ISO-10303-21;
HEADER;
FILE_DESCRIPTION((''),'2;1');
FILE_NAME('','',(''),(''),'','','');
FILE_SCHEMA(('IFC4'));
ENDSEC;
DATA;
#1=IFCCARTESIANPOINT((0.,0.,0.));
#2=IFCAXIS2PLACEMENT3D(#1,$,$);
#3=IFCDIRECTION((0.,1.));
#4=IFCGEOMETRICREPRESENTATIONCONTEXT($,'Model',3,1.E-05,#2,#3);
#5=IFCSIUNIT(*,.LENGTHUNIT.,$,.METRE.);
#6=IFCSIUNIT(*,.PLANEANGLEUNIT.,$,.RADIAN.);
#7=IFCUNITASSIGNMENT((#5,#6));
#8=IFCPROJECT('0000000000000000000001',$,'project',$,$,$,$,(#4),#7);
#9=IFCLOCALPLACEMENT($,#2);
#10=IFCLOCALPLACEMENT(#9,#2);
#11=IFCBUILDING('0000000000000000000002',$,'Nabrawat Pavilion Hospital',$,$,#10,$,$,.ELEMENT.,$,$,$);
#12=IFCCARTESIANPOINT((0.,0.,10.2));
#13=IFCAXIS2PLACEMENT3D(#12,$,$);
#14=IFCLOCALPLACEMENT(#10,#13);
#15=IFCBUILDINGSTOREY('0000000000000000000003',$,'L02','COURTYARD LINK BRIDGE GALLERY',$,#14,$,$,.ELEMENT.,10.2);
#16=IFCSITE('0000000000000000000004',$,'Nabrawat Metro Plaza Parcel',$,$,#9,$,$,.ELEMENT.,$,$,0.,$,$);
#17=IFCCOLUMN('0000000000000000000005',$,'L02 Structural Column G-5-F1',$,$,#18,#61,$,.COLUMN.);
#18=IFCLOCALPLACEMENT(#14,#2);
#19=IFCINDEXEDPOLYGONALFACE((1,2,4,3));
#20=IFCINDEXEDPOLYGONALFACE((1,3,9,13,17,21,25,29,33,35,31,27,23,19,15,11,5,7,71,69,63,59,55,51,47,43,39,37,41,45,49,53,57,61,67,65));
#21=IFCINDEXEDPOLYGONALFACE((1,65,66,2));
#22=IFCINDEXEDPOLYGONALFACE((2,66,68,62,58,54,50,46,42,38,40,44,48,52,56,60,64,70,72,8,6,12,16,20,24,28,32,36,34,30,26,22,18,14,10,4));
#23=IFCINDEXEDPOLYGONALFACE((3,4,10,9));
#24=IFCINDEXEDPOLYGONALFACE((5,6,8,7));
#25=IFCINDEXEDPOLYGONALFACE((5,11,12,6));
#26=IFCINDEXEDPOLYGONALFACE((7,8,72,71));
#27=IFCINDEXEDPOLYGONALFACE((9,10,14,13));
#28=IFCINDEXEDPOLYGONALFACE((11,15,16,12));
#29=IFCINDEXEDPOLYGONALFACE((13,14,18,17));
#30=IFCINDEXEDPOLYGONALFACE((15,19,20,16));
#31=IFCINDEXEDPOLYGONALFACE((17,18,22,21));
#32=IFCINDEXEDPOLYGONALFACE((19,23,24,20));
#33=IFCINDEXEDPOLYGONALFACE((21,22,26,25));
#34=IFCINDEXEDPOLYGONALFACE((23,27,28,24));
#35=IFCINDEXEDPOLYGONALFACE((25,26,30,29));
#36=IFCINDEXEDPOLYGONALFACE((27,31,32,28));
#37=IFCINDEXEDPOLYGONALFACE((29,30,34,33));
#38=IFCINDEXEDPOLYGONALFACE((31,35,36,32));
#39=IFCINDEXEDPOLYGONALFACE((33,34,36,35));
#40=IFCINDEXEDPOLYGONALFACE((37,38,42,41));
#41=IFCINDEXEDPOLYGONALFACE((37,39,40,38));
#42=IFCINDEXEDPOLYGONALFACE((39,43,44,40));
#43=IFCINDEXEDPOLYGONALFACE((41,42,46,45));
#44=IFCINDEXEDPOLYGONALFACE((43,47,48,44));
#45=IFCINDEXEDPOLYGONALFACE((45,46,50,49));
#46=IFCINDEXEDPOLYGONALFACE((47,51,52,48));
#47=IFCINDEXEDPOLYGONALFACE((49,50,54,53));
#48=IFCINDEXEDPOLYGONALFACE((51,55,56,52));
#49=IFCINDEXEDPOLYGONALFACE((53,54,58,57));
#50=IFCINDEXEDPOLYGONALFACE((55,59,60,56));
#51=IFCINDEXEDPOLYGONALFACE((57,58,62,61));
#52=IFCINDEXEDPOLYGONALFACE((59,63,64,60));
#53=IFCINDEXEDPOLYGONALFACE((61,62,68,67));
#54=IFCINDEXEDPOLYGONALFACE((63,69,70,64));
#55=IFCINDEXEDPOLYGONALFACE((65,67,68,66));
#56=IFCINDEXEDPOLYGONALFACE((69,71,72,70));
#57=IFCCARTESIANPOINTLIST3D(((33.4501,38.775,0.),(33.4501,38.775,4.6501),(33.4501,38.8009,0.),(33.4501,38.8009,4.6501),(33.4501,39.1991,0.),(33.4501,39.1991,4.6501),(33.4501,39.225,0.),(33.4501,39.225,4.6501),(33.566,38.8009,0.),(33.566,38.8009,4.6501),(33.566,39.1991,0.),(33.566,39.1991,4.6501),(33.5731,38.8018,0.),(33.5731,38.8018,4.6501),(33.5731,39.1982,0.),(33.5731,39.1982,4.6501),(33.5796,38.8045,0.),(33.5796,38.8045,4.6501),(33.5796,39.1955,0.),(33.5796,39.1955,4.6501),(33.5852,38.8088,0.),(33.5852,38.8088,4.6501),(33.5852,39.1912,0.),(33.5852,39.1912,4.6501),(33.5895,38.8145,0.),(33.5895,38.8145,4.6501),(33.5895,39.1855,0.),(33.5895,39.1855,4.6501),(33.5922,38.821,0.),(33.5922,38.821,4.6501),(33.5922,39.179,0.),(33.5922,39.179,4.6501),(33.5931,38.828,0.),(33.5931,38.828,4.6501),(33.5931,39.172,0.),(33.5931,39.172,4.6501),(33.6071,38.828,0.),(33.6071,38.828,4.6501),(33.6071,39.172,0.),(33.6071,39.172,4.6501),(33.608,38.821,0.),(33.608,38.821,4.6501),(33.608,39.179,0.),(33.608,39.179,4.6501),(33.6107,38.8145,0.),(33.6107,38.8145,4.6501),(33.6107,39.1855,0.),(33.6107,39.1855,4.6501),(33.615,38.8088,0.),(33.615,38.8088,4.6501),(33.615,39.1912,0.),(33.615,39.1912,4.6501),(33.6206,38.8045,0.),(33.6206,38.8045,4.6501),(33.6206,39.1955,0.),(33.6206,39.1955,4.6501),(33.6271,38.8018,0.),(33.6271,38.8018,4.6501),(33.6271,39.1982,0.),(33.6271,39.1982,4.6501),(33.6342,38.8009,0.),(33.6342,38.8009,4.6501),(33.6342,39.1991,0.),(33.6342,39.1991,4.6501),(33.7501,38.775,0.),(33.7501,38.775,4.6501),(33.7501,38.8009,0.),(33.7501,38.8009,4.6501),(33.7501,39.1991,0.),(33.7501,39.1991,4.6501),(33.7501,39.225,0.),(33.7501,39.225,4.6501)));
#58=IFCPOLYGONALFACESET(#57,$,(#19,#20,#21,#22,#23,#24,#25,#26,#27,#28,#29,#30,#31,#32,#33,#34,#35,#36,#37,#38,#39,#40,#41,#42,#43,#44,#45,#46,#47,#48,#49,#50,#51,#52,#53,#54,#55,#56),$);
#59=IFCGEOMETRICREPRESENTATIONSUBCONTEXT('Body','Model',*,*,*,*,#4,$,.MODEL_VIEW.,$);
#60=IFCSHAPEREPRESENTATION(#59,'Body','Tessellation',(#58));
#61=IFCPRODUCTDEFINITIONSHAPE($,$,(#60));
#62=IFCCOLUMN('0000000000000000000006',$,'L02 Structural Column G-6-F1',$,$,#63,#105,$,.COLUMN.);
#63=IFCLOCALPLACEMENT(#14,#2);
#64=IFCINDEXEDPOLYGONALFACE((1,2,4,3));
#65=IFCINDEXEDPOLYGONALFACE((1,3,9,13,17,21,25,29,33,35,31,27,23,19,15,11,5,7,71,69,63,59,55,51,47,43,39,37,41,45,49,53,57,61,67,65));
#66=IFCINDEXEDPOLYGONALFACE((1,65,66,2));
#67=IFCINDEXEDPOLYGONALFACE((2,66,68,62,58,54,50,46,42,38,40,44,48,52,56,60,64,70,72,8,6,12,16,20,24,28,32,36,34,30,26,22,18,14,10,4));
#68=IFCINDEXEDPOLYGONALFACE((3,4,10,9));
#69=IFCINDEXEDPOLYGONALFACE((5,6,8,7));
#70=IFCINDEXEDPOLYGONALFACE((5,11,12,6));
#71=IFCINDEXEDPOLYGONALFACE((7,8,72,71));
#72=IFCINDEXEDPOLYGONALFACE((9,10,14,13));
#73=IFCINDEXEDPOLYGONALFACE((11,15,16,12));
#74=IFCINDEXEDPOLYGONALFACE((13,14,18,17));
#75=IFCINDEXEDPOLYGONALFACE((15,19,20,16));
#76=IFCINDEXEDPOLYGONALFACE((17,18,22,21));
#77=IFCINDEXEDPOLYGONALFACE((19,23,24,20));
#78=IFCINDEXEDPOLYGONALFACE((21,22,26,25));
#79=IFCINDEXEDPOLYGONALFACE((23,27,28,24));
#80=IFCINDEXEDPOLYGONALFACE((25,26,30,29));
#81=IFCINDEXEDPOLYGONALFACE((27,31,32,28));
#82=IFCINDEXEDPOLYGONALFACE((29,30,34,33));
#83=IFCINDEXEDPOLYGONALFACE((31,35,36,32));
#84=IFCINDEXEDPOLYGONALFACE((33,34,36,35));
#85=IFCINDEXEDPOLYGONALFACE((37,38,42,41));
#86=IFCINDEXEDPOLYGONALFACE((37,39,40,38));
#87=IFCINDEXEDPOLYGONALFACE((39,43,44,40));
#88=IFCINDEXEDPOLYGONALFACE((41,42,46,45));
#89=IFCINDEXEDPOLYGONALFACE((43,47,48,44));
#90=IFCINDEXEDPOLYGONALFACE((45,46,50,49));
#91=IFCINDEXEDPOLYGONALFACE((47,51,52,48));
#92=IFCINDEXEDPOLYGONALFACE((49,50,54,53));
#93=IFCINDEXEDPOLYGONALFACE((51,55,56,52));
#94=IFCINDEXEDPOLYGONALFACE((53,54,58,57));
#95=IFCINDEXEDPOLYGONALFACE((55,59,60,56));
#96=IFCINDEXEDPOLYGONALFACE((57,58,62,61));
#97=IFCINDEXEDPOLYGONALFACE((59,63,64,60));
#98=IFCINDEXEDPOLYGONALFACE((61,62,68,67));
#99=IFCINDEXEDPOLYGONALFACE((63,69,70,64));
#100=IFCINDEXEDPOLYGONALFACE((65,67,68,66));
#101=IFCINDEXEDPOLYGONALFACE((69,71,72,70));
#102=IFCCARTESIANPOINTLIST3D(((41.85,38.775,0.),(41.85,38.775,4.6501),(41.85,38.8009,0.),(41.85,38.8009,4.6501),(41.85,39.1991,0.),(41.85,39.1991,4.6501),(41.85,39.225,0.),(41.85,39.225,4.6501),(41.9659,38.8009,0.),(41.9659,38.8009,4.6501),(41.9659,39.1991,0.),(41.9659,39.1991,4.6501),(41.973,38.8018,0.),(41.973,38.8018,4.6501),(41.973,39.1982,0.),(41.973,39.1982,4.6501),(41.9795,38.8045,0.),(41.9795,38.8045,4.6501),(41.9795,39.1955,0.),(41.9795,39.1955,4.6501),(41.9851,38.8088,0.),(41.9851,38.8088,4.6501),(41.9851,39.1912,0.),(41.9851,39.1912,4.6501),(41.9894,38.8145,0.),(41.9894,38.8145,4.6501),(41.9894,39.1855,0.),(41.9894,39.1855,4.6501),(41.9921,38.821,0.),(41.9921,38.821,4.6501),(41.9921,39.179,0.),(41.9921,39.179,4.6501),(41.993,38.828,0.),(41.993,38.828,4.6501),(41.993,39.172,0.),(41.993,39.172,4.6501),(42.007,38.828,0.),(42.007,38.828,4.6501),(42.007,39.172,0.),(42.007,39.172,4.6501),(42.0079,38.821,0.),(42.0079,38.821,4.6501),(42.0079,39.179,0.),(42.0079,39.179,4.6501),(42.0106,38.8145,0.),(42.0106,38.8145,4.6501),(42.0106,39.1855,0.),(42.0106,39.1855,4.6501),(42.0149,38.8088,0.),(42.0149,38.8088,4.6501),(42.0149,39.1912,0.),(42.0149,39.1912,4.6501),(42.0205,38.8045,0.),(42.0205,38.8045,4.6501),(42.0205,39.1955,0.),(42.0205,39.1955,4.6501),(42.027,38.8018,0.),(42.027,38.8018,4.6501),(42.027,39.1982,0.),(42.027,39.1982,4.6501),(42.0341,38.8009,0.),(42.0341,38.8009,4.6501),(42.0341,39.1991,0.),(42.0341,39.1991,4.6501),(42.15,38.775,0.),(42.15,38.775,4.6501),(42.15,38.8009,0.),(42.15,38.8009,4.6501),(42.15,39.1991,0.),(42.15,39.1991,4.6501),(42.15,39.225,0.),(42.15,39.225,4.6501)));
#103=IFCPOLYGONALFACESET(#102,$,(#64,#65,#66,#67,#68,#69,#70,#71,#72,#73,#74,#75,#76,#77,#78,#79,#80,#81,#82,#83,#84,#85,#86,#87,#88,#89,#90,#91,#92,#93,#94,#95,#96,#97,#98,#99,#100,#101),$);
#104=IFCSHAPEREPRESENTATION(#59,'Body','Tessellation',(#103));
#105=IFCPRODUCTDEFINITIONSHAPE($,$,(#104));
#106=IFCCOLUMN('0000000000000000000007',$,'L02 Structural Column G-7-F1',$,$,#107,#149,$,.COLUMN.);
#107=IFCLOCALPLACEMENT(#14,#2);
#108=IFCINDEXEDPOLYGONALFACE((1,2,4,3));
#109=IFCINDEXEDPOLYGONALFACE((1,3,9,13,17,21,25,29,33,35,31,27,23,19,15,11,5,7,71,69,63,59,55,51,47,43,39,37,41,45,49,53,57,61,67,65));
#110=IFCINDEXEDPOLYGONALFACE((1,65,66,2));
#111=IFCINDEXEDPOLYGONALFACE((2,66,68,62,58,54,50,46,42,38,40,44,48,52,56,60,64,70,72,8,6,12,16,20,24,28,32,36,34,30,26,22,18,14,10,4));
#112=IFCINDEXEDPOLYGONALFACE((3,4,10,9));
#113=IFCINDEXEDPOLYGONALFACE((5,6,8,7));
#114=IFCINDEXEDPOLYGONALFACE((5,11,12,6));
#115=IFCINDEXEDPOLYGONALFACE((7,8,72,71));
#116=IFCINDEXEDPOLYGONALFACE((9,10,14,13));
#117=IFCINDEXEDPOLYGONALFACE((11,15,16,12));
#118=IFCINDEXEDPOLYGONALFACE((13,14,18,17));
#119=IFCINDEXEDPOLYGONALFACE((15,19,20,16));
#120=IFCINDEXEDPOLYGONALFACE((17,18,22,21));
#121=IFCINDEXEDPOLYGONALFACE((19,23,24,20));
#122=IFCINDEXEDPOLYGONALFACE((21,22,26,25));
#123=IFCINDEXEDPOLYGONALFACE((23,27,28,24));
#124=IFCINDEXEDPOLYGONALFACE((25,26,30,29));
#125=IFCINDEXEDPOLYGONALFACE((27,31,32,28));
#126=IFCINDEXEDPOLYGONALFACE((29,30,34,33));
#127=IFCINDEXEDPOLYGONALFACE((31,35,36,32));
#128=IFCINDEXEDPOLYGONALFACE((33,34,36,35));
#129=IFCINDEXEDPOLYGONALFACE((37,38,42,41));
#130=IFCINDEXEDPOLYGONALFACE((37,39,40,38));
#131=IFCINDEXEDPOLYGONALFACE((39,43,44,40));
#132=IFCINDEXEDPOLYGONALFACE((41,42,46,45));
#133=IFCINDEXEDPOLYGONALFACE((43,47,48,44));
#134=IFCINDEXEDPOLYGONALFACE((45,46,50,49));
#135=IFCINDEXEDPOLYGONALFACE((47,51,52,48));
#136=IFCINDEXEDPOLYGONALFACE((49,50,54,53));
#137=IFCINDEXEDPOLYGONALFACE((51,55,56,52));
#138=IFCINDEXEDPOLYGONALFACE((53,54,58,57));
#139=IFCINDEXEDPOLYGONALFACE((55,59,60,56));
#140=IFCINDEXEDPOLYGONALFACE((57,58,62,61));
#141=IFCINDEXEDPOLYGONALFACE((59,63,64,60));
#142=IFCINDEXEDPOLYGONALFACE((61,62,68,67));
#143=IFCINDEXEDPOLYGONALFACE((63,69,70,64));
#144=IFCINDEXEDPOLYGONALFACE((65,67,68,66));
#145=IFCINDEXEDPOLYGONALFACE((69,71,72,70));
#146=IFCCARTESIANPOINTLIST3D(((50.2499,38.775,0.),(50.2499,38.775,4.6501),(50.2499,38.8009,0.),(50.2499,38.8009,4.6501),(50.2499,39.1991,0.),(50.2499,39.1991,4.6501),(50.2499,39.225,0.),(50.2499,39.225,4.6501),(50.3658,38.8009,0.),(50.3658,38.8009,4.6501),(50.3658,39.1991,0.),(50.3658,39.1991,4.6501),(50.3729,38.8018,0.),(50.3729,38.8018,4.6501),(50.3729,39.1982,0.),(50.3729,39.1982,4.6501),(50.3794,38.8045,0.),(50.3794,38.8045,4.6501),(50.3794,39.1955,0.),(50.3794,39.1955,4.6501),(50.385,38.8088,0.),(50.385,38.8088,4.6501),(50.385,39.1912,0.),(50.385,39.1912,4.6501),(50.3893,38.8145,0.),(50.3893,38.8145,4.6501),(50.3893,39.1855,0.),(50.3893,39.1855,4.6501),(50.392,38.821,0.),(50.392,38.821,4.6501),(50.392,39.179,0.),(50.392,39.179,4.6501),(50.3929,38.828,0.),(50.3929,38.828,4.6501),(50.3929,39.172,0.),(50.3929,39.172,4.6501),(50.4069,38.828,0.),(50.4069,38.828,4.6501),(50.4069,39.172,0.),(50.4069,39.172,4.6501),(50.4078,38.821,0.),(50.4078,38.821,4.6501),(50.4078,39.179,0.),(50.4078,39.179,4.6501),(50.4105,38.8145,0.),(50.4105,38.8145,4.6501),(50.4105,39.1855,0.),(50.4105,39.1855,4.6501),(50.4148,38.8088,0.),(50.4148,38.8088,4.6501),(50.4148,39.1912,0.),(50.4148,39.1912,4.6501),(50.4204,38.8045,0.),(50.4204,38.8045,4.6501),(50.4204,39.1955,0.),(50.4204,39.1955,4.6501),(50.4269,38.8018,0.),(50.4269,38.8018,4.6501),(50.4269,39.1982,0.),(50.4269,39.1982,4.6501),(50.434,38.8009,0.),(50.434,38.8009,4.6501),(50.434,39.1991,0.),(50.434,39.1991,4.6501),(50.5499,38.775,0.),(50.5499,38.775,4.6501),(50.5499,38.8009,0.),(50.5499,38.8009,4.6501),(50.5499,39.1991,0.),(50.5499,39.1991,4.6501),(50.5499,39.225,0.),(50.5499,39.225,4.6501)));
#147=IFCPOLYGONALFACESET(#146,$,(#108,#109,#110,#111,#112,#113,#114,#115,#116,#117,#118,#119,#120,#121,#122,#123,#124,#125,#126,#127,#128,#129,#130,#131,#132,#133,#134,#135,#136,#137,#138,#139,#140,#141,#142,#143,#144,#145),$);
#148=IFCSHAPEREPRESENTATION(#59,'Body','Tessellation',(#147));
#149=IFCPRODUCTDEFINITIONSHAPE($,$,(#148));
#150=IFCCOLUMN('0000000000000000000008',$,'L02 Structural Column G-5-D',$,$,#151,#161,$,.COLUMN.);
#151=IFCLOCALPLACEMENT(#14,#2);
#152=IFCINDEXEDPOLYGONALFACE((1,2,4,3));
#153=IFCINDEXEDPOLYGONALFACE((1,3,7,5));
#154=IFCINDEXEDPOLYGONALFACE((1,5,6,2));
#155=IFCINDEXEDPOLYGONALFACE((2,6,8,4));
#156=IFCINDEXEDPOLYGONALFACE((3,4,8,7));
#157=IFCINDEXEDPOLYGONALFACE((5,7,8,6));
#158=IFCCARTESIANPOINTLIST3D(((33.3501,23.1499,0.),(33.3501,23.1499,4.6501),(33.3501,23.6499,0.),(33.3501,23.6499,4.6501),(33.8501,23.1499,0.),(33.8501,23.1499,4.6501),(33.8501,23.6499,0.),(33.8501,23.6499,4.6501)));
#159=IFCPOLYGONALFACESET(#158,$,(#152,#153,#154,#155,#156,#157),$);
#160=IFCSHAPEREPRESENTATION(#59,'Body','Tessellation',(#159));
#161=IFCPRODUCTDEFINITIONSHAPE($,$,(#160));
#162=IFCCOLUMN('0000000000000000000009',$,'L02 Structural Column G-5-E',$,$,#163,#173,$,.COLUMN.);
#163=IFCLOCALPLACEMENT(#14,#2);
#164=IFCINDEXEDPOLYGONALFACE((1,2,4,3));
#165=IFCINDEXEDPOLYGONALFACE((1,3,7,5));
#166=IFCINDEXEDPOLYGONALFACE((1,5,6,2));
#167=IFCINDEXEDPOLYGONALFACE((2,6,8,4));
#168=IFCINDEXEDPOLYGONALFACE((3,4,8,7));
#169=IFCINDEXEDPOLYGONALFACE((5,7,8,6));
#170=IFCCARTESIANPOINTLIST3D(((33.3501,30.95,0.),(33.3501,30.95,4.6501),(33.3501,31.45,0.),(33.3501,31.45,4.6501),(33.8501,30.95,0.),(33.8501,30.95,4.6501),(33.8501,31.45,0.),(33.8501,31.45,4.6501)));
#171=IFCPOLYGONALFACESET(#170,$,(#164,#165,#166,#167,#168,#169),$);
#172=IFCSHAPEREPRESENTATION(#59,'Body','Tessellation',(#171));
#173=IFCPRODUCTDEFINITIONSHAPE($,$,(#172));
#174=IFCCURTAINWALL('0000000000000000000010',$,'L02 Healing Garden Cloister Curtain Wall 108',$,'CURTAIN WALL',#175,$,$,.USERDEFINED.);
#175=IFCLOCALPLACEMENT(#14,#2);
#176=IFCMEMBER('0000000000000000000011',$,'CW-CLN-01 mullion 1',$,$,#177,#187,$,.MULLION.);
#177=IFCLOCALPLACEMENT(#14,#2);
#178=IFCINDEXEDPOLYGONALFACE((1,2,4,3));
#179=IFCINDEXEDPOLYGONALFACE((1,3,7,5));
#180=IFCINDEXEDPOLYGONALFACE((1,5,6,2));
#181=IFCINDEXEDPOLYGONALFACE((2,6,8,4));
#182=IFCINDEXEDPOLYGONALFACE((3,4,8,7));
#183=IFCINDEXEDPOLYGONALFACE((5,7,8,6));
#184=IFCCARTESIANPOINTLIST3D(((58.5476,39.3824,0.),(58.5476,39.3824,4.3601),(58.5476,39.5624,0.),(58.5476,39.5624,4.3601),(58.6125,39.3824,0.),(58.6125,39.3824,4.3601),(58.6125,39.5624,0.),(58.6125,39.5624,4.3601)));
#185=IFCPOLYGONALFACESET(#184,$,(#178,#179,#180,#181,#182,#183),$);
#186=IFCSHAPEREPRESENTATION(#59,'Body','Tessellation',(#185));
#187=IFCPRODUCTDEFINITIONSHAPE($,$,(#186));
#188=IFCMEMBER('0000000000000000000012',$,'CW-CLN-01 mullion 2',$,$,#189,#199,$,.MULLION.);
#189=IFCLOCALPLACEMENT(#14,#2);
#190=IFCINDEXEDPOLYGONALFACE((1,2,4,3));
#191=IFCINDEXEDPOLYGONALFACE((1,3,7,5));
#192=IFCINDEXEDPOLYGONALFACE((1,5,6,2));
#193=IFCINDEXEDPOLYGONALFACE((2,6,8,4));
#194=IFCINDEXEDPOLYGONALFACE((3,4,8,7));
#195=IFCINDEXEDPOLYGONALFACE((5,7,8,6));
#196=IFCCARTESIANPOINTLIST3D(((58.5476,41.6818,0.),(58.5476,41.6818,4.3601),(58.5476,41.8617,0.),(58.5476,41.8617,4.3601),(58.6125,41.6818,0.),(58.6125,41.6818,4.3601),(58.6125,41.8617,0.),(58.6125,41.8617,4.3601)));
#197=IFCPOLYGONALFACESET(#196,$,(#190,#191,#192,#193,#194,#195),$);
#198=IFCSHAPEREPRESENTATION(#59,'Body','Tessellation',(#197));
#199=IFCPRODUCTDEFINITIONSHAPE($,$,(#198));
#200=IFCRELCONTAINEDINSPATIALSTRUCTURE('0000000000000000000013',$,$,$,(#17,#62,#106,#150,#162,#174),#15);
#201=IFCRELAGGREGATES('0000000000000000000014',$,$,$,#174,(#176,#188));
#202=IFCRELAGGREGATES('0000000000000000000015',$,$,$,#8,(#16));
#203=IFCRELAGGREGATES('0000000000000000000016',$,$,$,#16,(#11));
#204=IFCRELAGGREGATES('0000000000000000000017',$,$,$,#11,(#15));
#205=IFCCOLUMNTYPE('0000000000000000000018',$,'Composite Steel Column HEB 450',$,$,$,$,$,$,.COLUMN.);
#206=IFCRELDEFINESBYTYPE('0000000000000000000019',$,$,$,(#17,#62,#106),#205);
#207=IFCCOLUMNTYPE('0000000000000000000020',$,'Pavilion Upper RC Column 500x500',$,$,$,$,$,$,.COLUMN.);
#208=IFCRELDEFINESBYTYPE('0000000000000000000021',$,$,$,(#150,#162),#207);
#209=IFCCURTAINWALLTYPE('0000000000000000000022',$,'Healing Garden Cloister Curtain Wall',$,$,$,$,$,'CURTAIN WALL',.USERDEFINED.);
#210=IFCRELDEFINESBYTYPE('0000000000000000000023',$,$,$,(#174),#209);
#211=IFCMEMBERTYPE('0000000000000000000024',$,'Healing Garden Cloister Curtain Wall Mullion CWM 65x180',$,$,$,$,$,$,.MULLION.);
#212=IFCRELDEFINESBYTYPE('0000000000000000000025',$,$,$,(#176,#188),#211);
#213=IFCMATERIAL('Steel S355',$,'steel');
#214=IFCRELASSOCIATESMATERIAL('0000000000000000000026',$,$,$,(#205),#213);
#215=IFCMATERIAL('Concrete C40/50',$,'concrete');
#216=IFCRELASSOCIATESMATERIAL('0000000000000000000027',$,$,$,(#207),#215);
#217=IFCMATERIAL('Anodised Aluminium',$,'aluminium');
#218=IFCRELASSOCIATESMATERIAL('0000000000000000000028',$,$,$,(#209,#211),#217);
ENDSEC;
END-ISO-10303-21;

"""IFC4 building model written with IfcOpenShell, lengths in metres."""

from ifc_helpers import new_model, si_unit, direction, frame, origin, origin_2d, place, context, subcontext, project, spatial, rectangle, i_section, extrude, material, material_profile, profile_set, type_object, element, aggregate, save


model = new_model("IFC4")

# Units and contexts
model_context = context("Model", 3, precision=1e-05, world=origin(), true_north=direction((0.0, 1.0)))
body_context = subcontext(model_context, "Body", "Model", "MODEL_VIEW")
ifc_project = project(units=[si_unit("LENGTHUNIT", "METRE"), si_unit("PLANEANGLEUNIT", "RADIAN")], contexts=[model_context])

# Site, building, storey
site_placement = place(None, origin())
site = spatial("IfcSite", under=ifc_project, at=site_placement, Name="Nabrawat Metro Plaza Parcel", CompositionType="ELEMENT", RefElevation=0.0)
building_placement = place(site_placement, origin())
building = spatial("IfcBuilding", under=site, at=building_placement, Name="Nabrawat Pavilion Hospital", CompositionType="ELEMENT")
storey_placement = place(building_placement, frame((0.0, 0.0, 10.2)))
storey = spatial("IfcBuildingStorey", under=building, at=storey_placement, Name="L02", Description="COURTYARD LINK BRIDGE GALLERY", CompositionType="ELEMENT", Elevation=10.2)

# Columns
ifc_material_1 = material(Name="Steel S355", Category="steel")
ifc_material_profile_1 = material_profile(ifc_material_1, i_section(OverallWidth=0.3, OverallDepth=0.45, WebThickness=0.0139, FlangeThickness=0.0259, FilletRadius=0.0271, at=origin_2d()), Name="HEB 450")
ifc_profile_set_1 = profile_set([ifc_material_profile_1], Name="Steel S355")
column_type_1 = type_object("IfcColumnType", Name="Composite Steel Column HEB 450", PredefinedType="COLUMN", material=ifc_profile_set_1)
for number, where, z_axis, x_axis, name in (
    (1, (33.6001, 39.0, 0.0), (0.0, 0.0, 1.0), (1.0, 0.0, 0.0), "L02 Structural Column G-5-F1"),
    (2, (42.0, 39.0, 0.0), (0.0, 0.0, 1.0), (1.0, 0.0, 0.0), "L02 Structural Column G-6-F1"),
    (3, (50.3999, 39.0, 0.0), (0.0, 0.0, 1.0), (1.0, 0.0, 0.0), "L02 Structural Column G-7-F1"),
):
    element("IfcColumn", number, at=place(storey_placement, frame(where, z_axis=z_axis, x_axis=x_axis)), inside=storey, type_object=column_type_1, Name=name, PredefinedType="COLUMN", context=body_context, shape_type="SweptSolid", body=[
        extrude(i_section(OverallWidth=0.3, OverallDepth=0.45, WebThickness=0.0139, FlangeThickness=0.0259, FilletRadius=0.0271, at=origin_2d()), origin(), (0.0, 0.0, 1.0), 4.6501),
    ])
ifc_material_2 = material(Name="Concrete C40/50", Category="concrete")
ifc_material_profile_2 = material_profile(ifc_material_2, rectangle(XDim=0.5, YDim=0.5, at=origin_2d()), Name="RC 500x500")
ifc_profile_set_2 = profile_set([ifc_material_profile_2], Name="Concrete C40/50")
column_type_2 = type_object("IfcColumnType", Name="Pavilion Upper RC Column 500x500", PredefinedType="COLUMN", material=ifc_profile_set_2)
for number, where, z_axis, x_axis, name in (
    (4, (33.6001, 23.3999, 0.0), (0.0, 0.0, 1.0), (1.0, 0.0, 0.0), "L02 Structural Column G-5-D"),
    (5, (33.6001, 31.2, 0.0), (0.0, 0.0, 1.0), (1.0, 0.0, 0.0), "L02 Structural Column G-5-E"),
):
    element("IfcColumn", number, at=place(storey_placement, frame(where, z_axis=z_axis, x_axis=x_axis)), inside=storey, type_object=column_type_2, Name=name, PredefinedType="COLUMN", context=body_context, shape_type="SweptSolid", body=[
        extrude(rectangle(XDim=0.5, YDim=0.5, at=origin_2d()), origin(), (0.0, 0.0, 1.0), 4.6501),
    ])

# Curtain wall, members
ifc_material_3 = material(Name="Anodised Aluminium", Category="aluminium")
curtain_wall_type = type_object("IfcCurtainWallType", Name="Healing Garden Cloister Curtain Wall", ElementType="CURTAIN WALL", PredefinedType="USERDEFINED", material=ifc_material_3)
curtain_wall_placement = place(storey_placement, origin())
curtain_wall = element("IfcCurtainWall", 6, at=curtain_wall_placement, inside=storey, type_object=curtain_wall_type, Name="L02 Healing Garden Cloister Curtain Wall 108", ObjectType="CURTAIN WALL", PredefinedType="USERDEFINED")
ifc_material_profile_3 = material_profile(ifc_material_3, rectangle(XDim=0.0649, YDim=0.1799, at=origin_2d()), Name="CWM 65x180")
ifc_profile_set_3 = profile_set([ifc_material_profile_3], Name="Anodised Aluminium")
member_type_1 = type_object("IfcMemberType", Name="Healing Garden Cloister Curtain Wall Mullion CWM 65x180", PredefinedType="MULLION", material=ifc_profile_set_3)
member_1_placement = place(storey_placement, frame((58.5801, 39.4724, 0.0), z_axis=(0.0, 0.0, 1.0), x_axis=(-1.0, 0.0, 0.0)))
member_1 = element("IfcMember", 7, at=member_1_placement, type_object=member_type_1, Name="CW-CLN-01 mullion 1", PredefinedType="MULLION", context=body_context, shape_type="SweptSolid", body=[
    extrude(rectangle(XDim=0.0649, YDim=0.1799, at=origin_2d()), origin(), (0.0, 0.0, 1.0), 4.3601),
])
member_2_placement = place(storey_placement, frame((58.5801, 41.7717, 0.0), z_axis=(0.0, 0.0, 1.0), x_axis=(-1.0, 0.0, 0.0)))
member_2 = element("IfcMember", 8, at=member_2_placement, type_object=member_type_1, Name="CW-CLN-01 mullion 2", PredefinedType="MULLION", context=body_context, shape_type="SweptSolid", body=[
    extrude(rectangle(XDim=0.0649, YDim=0.1799, at=origin_2d()), origin(), (0.0, 0.0, 1.0), 4.3601),
])

aggregate(curtain_wall, [member_1, member_2])

save(model, "model.ifc")
